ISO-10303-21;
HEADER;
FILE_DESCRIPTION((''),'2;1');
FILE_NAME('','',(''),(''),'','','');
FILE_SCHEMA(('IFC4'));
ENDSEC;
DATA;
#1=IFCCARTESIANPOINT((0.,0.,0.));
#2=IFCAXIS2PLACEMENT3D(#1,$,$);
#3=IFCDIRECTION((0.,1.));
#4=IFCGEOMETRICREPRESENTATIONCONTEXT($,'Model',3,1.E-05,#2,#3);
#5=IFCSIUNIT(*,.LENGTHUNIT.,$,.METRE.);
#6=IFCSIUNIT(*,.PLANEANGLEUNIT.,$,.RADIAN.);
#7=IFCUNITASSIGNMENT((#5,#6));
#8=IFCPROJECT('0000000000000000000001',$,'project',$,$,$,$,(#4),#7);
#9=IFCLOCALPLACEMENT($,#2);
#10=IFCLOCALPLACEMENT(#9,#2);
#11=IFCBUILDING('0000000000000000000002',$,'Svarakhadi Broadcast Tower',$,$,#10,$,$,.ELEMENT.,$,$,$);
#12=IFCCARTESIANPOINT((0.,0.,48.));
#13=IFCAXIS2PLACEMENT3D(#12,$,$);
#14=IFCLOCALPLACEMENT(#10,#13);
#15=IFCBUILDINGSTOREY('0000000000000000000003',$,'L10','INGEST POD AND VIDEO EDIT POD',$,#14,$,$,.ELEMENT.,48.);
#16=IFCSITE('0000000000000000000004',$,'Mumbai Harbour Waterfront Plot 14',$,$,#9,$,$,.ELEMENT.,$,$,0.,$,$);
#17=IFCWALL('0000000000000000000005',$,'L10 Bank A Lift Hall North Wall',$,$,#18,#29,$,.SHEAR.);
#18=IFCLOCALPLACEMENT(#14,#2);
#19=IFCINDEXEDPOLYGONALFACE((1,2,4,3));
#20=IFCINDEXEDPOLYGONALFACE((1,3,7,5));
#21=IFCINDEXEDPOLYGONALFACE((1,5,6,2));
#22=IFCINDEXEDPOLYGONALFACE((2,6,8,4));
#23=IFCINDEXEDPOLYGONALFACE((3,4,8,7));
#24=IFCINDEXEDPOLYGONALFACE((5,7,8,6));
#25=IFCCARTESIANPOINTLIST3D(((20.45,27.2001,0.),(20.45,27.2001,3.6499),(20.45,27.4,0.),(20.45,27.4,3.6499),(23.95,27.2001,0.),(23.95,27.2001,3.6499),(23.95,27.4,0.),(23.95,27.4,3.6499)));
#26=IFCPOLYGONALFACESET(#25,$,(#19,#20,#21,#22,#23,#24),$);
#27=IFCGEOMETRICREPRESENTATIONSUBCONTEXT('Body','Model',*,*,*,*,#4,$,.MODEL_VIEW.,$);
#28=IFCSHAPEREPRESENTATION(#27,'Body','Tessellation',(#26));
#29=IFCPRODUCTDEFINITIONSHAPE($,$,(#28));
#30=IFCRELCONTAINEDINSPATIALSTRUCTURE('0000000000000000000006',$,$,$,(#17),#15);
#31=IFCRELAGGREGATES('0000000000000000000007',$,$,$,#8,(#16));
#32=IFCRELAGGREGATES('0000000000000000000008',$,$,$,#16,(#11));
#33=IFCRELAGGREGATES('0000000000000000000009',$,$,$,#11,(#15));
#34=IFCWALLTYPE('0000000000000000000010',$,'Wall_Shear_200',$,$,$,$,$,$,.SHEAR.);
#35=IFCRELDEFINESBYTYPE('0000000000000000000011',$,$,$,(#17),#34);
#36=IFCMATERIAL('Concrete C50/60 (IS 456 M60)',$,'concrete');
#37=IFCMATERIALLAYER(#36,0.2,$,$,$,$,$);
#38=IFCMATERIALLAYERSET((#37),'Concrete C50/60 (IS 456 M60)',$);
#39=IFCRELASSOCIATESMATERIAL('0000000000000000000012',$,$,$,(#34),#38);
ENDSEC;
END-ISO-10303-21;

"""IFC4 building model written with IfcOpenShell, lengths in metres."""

from ifc_helpers import new_model, si_unit, direction, frame, frame_2d, origin, place, context, subcontext, project, spatial, rectangle, extrude, material, layer, layer_set, type_object, element, save


model = new_model("IFC4")

# Units and contexts
model_context = context("Model", 3, precision=1e-05, world=origin(), true_north=direction((0.0, 1.0)))
body_context = subcontext(model_context, "Body", "Model", "MODEL_VIEW")
ifc_project = project(units=[si_unit("LENGTHUNIT", "METRE"), si_unit("PLANEANGLEUNIT", "RADIAN")], contexts=[model_context])

# Site, building, storey
site_placement = place(None, origin())
site = spatial("IfcSite", under=ifc_project, at=site_placement, Name="Mumbai Harbour Waterfront Plot 14", CompositionType="ELEMENT", RefElevation=0.0)
building_placement = place(site_placement, origin())
building = spatial("IfcBuilding", under=site, at=building_placement, Name="Svarakhadi Broadcast Tower", CompositionType="ELEMENT")
storey_placement = place(building_placement, frame((0.0, 0.0, 48.0)))
storey = spatial("IfcBuildingStorey", under=building, at=storey_placement, Name="L10", Description="INGEST POD AND VIDEO EDIT POD", CompositionType="ELEMENT", Elevation=48.0)

# Wall
ifc_material_1 = material(Name="Concrete C50/60 (IS 456 M60)", Category="concrete")
ifc_layer_1 = layer(ifc_material_1, 0.2)
ifc_layer_set_1 = layer_set([ifc_layer_1], Name="Concrete C50/60 (IS 456 M60)")
wall_type_1 = type_object("IfcWallType", Name="Wall_Shear_200", PredefinedType="SHEAR", material=ifc_layer_set_1)
wall_1_placement = place(storey_placement, frame((20.45, 27.3, 0.0), z_axis=(0.0, 0.0, 1.0), x_axis=(1.0, 0.0, 0.0)))
element("IfcWall", 1, at=wall_1_placement, inside=storey, type_object=wall_type_1, Name="L10 Bank A Lift Hall North Wall", PredefinedType="SHEAR", context=body_context, shape_type="SweptSolid", body=[
    extrude(rectangle(XDim=3.5, YDim=0.2, at=frame_2d((1.75, 0.0))), origin(), (0.0, 0.0, 1.0), 3.6499),
])

save(model, "model.ifc")
